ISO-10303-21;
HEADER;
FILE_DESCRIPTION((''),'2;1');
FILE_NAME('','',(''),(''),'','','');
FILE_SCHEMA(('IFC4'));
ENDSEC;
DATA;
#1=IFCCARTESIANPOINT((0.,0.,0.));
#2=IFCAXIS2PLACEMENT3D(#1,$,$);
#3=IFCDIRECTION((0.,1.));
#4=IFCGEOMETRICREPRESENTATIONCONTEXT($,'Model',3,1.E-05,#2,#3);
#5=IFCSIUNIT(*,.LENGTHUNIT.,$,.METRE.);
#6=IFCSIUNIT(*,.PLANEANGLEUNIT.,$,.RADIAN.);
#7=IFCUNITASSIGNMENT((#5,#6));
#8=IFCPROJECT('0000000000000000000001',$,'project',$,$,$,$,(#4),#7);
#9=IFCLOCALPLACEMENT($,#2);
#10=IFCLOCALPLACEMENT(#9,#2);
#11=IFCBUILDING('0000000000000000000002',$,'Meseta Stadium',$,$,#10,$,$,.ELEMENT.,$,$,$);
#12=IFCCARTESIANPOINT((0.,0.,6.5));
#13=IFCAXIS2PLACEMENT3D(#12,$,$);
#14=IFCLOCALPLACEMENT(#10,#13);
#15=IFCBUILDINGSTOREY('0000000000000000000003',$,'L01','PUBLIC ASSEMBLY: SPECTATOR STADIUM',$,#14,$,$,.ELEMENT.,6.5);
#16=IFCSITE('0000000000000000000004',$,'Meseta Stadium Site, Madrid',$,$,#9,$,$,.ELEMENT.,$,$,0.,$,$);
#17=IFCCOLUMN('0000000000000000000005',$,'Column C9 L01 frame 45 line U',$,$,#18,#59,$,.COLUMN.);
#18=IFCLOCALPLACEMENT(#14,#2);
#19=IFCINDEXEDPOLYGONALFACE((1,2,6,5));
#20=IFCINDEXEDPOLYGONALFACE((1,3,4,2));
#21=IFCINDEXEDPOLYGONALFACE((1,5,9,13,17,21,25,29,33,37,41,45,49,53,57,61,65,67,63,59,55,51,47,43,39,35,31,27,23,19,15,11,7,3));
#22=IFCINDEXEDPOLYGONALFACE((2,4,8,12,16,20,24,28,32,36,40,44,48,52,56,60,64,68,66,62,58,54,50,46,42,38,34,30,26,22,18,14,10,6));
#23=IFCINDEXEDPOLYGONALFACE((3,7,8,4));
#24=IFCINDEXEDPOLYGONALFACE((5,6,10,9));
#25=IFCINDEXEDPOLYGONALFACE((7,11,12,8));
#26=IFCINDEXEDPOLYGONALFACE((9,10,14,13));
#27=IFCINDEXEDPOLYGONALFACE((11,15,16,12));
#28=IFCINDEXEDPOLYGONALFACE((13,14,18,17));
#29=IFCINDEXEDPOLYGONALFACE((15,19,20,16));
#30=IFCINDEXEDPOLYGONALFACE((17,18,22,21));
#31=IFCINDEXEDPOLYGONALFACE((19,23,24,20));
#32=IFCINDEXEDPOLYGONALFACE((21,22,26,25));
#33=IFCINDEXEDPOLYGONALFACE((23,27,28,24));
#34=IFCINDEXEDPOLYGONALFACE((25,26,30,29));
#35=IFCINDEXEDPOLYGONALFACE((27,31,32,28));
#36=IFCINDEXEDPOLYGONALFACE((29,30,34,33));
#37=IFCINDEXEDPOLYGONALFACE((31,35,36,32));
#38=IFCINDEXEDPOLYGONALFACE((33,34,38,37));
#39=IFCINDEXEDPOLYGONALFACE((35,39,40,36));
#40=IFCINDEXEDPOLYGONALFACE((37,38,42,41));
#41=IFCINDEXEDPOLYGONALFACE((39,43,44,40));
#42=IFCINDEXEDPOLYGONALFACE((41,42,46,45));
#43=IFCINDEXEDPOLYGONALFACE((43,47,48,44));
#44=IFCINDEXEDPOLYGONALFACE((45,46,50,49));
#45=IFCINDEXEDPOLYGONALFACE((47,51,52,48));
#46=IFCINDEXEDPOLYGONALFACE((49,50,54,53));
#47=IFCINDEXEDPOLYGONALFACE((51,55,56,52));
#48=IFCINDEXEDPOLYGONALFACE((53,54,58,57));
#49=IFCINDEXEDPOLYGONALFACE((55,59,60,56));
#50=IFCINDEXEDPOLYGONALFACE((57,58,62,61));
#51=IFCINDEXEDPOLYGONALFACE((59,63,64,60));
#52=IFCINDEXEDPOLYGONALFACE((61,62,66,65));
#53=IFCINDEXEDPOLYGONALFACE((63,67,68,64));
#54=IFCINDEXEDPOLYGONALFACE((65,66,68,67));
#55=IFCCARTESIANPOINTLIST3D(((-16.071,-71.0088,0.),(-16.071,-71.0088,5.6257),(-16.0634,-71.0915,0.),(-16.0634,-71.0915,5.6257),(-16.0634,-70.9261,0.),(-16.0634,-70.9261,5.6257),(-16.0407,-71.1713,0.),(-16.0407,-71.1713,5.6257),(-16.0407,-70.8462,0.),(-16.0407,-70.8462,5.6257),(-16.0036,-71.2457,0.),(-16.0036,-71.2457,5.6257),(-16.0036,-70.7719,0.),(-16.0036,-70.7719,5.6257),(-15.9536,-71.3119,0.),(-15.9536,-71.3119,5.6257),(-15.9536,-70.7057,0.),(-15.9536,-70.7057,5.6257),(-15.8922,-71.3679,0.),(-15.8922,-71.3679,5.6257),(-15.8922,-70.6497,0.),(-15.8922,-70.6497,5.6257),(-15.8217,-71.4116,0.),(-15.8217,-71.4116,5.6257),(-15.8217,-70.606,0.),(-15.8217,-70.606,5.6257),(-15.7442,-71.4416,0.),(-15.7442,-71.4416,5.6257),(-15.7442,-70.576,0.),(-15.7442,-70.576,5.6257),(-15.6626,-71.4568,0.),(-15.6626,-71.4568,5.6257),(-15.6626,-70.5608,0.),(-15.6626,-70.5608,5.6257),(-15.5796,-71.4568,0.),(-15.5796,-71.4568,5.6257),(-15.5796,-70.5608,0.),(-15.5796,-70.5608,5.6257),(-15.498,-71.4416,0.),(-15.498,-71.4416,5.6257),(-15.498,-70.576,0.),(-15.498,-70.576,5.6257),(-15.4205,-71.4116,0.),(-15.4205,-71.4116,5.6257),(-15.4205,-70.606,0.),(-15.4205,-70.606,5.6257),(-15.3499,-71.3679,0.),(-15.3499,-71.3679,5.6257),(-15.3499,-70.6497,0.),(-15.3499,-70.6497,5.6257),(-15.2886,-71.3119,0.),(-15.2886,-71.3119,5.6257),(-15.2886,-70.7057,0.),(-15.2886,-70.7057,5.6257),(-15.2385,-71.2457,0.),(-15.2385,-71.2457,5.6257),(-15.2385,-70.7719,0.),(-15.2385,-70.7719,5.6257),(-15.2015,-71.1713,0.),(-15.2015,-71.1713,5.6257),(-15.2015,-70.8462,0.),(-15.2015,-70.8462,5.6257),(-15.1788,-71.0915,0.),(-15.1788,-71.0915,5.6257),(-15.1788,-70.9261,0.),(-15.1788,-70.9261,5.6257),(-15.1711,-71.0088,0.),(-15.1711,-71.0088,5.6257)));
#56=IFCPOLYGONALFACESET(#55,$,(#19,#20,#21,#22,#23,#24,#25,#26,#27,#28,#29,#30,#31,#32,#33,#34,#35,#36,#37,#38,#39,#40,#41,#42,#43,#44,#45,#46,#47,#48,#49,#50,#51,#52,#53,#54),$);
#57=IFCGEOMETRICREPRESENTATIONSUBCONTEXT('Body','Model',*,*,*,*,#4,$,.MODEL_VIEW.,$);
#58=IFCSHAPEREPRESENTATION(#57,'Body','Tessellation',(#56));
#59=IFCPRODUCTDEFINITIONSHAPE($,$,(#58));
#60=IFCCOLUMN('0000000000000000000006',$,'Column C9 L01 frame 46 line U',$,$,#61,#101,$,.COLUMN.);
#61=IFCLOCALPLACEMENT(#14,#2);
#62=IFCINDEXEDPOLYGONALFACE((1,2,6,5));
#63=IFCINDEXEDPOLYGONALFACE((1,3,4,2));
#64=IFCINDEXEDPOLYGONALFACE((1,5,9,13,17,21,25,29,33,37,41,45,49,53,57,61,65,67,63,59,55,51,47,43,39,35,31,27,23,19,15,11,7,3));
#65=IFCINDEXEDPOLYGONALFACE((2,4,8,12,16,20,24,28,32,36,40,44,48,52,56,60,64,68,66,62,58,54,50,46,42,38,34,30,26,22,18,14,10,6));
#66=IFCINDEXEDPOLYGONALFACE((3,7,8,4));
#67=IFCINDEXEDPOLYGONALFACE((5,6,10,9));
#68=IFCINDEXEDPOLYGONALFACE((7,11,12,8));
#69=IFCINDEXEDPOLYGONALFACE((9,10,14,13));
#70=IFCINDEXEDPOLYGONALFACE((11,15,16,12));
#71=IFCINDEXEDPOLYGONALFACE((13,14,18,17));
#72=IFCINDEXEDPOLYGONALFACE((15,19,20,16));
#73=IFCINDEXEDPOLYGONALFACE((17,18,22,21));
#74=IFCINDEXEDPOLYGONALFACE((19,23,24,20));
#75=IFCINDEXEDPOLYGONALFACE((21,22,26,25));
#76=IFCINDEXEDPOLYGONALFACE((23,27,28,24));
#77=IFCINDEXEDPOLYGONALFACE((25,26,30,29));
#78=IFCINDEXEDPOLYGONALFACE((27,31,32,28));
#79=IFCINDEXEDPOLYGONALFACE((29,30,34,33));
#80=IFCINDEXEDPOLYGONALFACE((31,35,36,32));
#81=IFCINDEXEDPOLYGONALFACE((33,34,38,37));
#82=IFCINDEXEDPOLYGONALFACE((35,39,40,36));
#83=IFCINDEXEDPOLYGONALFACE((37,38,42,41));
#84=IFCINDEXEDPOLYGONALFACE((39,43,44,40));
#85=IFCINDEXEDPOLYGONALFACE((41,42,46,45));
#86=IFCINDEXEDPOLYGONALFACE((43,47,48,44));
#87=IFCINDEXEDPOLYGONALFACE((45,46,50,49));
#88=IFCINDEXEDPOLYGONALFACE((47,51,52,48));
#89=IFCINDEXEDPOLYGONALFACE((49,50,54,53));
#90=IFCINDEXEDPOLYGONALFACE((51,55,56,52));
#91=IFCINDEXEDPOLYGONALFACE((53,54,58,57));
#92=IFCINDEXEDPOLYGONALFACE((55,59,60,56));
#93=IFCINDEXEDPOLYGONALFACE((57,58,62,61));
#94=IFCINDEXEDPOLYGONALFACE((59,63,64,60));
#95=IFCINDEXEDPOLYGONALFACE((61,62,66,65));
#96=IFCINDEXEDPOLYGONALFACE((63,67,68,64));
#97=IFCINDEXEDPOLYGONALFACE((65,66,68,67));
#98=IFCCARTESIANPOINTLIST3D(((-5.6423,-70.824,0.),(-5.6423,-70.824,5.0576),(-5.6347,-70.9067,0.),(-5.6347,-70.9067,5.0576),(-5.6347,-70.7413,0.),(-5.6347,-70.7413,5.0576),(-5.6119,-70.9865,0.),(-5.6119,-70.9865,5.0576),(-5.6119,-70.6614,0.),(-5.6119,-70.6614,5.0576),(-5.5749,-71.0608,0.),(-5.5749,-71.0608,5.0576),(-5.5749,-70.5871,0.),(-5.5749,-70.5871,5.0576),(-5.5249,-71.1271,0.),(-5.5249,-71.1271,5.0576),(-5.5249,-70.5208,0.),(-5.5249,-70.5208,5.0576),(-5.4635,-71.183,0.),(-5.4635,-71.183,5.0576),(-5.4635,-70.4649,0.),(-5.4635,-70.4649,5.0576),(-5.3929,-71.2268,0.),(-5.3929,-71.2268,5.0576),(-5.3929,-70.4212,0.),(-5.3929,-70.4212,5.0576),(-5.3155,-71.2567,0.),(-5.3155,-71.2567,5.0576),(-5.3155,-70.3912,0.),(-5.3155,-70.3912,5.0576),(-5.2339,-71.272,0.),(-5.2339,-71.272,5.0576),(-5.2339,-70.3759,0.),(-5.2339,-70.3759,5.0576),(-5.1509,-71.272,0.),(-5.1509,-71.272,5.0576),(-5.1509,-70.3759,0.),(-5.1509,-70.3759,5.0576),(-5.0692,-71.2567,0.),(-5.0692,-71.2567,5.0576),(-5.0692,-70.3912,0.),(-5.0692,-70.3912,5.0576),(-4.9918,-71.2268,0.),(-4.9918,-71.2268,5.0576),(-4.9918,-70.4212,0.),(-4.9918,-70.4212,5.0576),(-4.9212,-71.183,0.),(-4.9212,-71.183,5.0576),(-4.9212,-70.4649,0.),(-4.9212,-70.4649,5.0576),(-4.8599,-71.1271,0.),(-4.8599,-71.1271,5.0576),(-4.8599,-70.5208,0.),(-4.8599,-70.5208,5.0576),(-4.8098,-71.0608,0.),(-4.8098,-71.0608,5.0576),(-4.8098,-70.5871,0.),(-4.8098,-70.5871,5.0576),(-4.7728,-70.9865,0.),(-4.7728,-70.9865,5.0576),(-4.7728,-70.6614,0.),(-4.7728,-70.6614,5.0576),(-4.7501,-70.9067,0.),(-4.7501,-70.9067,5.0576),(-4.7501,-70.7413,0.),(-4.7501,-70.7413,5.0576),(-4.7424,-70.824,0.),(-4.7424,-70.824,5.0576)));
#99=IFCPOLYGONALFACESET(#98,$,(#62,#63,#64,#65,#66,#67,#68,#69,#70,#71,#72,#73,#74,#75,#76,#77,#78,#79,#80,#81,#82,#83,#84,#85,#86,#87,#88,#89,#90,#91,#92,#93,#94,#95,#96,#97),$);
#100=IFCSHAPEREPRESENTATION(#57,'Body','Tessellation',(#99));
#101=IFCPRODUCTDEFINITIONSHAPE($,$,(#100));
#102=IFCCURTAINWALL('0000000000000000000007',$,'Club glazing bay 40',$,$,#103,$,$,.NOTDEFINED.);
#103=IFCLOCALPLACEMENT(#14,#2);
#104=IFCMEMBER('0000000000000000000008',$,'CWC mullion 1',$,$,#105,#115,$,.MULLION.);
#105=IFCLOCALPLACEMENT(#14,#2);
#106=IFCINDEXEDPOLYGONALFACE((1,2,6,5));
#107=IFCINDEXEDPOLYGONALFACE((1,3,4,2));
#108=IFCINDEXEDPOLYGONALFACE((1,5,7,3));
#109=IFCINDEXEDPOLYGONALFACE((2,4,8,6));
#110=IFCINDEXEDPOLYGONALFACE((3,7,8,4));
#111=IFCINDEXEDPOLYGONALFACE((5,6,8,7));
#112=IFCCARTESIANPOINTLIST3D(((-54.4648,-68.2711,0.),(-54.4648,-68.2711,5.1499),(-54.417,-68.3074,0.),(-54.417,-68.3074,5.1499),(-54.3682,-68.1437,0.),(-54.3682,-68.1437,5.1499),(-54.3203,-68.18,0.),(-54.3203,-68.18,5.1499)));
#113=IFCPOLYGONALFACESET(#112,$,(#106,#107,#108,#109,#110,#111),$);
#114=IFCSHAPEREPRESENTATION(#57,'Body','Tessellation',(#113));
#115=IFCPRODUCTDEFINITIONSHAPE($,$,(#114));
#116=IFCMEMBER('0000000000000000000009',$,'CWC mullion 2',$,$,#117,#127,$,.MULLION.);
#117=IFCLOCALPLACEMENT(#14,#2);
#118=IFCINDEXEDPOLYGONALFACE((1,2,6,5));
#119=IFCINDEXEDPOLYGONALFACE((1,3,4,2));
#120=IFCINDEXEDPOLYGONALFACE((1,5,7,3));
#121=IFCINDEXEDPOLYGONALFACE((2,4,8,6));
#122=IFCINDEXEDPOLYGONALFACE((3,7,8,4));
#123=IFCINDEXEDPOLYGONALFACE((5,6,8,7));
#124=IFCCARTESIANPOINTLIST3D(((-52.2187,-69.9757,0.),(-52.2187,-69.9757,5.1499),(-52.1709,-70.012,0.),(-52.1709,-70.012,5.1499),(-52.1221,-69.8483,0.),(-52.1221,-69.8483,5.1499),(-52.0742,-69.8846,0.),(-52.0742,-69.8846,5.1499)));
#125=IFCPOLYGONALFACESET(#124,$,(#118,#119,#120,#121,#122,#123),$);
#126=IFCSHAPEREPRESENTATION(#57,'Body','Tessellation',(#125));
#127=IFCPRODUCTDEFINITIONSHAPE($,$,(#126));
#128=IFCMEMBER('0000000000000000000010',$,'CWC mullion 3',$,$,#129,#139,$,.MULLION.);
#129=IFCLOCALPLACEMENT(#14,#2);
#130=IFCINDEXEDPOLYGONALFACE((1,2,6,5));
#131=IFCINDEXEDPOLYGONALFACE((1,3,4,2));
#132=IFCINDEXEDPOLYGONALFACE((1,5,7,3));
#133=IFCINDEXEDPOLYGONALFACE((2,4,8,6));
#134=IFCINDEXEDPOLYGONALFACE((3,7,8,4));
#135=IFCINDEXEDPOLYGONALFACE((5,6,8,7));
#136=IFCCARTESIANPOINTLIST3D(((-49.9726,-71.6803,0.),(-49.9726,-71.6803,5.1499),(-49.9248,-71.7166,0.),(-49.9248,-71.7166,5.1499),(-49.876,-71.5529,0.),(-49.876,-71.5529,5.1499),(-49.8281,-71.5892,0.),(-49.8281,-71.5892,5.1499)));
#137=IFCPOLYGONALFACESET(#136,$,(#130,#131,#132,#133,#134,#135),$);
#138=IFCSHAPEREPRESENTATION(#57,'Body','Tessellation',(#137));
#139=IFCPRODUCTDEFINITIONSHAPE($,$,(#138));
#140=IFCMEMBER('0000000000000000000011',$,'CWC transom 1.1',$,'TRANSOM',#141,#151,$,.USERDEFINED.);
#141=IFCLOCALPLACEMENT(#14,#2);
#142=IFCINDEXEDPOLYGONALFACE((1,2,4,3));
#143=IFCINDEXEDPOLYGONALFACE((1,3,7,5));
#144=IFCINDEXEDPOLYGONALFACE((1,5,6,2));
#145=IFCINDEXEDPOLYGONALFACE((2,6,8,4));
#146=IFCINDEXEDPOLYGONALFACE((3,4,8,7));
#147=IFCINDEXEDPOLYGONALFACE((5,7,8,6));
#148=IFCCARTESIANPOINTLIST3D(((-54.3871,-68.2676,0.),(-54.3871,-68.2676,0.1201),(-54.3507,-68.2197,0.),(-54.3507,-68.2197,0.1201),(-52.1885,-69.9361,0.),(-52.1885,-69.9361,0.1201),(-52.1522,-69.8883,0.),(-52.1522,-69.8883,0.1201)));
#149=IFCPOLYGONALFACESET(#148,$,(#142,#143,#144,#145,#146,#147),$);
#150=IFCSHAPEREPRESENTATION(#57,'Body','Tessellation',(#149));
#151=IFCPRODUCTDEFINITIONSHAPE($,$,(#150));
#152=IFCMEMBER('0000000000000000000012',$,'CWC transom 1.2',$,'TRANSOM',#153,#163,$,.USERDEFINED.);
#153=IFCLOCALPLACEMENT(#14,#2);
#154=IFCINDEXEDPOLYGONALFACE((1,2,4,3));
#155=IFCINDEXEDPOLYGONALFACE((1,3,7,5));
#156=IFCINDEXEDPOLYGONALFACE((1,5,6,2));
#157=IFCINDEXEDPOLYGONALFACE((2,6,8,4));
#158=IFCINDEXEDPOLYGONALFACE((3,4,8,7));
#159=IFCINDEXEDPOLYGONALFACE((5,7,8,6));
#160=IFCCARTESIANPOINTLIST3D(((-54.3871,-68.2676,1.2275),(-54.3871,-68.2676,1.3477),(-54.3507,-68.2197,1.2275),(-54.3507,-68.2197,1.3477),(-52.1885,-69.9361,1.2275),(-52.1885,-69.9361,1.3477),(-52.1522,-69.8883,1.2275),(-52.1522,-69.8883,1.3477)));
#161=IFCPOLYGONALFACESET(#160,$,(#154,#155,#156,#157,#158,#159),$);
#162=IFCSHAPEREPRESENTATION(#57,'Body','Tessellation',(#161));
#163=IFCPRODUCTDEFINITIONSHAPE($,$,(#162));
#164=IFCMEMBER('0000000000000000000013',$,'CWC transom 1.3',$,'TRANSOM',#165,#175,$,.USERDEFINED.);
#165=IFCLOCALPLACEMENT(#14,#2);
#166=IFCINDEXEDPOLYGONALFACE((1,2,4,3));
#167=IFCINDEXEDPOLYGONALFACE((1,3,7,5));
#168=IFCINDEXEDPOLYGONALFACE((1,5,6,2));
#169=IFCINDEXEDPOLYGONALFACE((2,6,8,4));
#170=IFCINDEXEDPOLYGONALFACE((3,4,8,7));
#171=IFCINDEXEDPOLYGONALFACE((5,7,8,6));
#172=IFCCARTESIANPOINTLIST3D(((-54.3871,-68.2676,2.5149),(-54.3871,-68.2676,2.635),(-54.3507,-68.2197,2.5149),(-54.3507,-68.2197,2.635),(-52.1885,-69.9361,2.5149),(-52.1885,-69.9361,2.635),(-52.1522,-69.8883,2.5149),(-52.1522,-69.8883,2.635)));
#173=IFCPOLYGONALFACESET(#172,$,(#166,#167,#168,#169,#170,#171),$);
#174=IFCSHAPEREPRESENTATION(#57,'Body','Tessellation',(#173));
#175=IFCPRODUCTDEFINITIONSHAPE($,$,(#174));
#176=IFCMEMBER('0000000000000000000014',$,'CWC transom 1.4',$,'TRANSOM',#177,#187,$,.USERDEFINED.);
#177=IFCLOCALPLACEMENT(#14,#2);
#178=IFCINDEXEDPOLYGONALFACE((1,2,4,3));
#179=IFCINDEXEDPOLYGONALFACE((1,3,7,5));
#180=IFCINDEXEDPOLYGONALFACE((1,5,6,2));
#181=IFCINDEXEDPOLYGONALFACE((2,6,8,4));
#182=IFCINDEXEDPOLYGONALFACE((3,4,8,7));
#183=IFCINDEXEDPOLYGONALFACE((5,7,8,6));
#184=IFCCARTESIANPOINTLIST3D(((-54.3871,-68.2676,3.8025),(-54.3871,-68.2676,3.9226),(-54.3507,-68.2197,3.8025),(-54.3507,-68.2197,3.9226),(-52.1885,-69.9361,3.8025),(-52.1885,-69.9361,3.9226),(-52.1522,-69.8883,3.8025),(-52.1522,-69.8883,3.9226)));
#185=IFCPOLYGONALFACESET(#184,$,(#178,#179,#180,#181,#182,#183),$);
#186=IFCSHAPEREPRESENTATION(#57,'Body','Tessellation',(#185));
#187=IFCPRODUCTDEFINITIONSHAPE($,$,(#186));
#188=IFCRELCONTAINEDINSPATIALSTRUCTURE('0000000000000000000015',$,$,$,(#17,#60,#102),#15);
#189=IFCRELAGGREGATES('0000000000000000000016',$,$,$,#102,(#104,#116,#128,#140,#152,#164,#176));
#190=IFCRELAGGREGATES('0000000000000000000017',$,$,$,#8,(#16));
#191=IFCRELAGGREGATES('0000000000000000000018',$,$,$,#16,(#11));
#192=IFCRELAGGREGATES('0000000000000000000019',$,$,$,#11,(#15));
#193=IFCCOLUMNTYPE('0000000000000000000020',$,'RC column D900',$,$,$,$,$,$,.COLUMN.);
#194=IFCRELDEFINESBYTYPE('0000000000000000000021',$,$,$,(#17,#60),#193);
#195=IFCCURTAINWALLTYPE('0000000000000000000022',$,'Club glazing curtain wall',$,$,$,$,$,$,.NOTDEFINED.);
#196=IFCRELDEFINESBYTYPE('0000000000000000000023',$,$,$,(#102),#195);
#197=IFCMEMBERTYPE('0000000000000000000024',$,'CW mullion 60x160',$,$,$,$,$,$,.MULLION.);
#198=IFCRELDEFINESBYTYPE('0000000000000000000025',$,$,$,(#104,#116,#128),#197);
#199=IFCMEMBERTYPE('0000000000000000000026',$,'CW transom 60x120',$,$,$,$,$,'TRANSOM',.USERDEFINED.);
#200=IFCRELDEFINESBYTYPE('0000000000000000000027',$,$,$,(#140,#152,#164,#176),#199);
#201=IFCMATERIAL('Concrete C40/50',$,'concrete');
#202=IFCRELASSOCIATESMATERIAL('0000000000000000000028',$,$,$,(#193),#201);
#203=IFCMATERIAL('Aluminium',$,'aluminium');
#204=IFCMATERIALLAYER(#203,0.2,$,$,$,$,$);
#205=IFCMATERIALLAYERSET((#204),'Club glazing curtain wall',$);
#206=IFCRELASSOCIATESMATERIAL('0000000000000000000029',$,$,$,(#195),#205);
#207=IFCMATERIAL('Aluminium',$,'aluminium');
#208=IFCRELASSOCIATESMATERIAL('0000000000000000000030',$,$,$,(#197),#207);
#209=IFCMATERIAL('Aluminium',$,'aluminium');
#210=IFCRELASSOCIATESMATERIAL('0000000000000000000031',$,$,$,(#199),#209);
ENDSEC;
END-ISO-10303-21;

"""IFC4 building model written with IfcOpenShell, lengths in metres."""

from ifc_helpers import new_model, si_unit, direction, frame, origin, origin_2d, place, context, subcontext, project, spatial, rectangle, circle, extrude, material, layer, layer_set, material_profile, profile_set, type_object, element, aggregate, save


model = new_model("IFC4")

# Units and contexts
model_context = context("Model", 3, precision=1e-05, world=origin(), true_north=direction((0.0, 1.0)))
body_context = subcontext(model_context, "Body", "Model", "MODEL_VIEW")
ifc_project = project(units=[si_unit("LENGTHUNIT", "METRE"), si_unit("PLANEANGLEUNIT", "RADIAN")], contexts=[model_context])

# Site, building, storey
site_placement = place(None, origin())
site = spatial("IfcSite", under=ifc_project, at=site_placement, Name="Meseta Stadium Site, Madrid", CompositionType="ELEMENT", RefElevation=0.0)
building_placement = place(site_placement, origin())
building = spatial("IfcBuilding", under=site, at=building_placement, Name="Meseta Stadium", CompositionType="ELEMENT")
storey_placement = place(building_placement, frame((0.0, 0.0, 6.5)))
storey = spatial("IfcBuildingStorey", under=building, at=storey_placement, Name="L01", Description="PUBLIC ASSEMBLY: SPECTATOR STADIUM", CompositionType="ELEMENT", Elevation=6.5)

# Columns
ifc_material_1 = material(Name="Concrete C40/50", Category="concrete")
ifc_material_profile_1 = material_profile(ifc_material_1, circle(Radius=0.45, at=origin_2d()), Name="RC D900")
ifc_profile_set_1 = profile_set([ifc_material_profile_1], Name="Concrete C40/50")
column_type = type_object("IfcColumnType", Name="RC column D900", PredefinedType="COLUMN", material=ifc_profile_set_1)
column_1_placement = place(storey_placement, frame((-15.6211, -71.0088, 0.0), z_axis=(0.0, 0.0, 1.0), x_axis=(1.0, 0.0, 0.0)))
element("IfcColumn", 1, at=column_1_placement, inside=storey, type_object=column_type, Name="Column C9 L01 frame 45 line U", PredefinedType="COLUMN", context=body_context, shape_type="SweptSolid", body=[
    extrude(circle(Radius=0.45, at=origin_2d()), origin(), (0.0, 0.0, 1.0), 5.6257),
])
column_2_placement = place(storey_placement, frame((-5.1924, -70.824, 0.0), z_axis=(0.0, 0.0, 1.0), x_axis=(1.0, 0.0, 0.0)))
element("IfcColumn", 2, at=column_2_placement, inside=storey, type_object=column_type, Name="Column C9 L01 frame 46 line U", PredefinedType="COLUMN", context=body_context, shape_type="SweptSolid", body=[
    extrude(circle(Radius=0.45, at=origin_2d()), origin(), (0.0, 0.0, 1.0), 5.0576),
])

# Curtain wall, members
ifc_material_2 = material(Name="Aluminium", Category="aluminium")
ifc_layer_1 = layer(ifc_material_2, 0.2)
ifc_layer_set_1 = layer_set([ifc_layer_1], Name="Club glazing curtain wall")
curtain_wall_type = type_object("IfcCurtainWallType", Name="Club glazing curtain wall", PredefinedType="NOTDEFINED", material=ifc_layer_set_1)
curtain_wall_placement = place(storey_placement, origin())
curtain_wall = element("IfcCurtainWall", 3, at=curtain_wall_placement, inside=storey, type_object=curtain_wall_type, Name="Club glazing bay 40", PredefinedType="NOTDEFINED")
ifc_material_3 = material(Name="Aluminium", Category="aluminium")
ifc_material_profile_2 = material_profile(ifc_material_3, rectangle(XDim=0.1599, YDim=0.0601, at=origin_2d()), Name="CW 160x60")
ifc_profile_set_2 = profile_set([ifc_material_profile_2], Name="Aluminium")
member_type_1 = type_object("IfcMemberType", Name="CW mullion 60x160", PredefinedType="MULLION", material=ifc_profile_set_2)
member_1_placement = place(storey_placement, frame((-54.3926, -68.2256, 0.0), z_axis=(0.0, 0.0, 1.0), x_axis=(0.60452, 0.79659, 0.0)))
member_1 = element("IfcMember", 4, at=member_1_placement, type_object=member_type_1, Name="CWC mullion 1", PredefinedType="MULLION", context=body_context, shape_type="SweptSolid", body=[
    extrude(rectangle(XDim=0.1599, YDim=0.0601, at=origin_2d()), origin(), (0.0, 0.0, 1.0), 5.1499),
])
member_2_placement = place(storey_placement, frame((-52.1465, -69.9302, 0.0), z_axis=(0.0, 0.0, 1.0), x_axis=(0.60452, 0.79659, 0.0)))
member_2 = element("IfcMember", 5, at=member_2_placement, type_object=member_type_1, Name="CWC mullion 2", PredefinedType="MULLION", context=body_context, shape_type="SweptSolid", body=[
    extrude(rectangle(XDim=0.1599, YDim=0.0601, at=origin_2d()), origin(), (0.0, 0.0, 1.0), 5.1499),
])
member_3_placement = place(storey_placement, frame((-49.9004, -71.6348, 0.0), z_axis=(0.0, 0.0, 1.0), x_axis=(0.60452, 0.79659, 0.0)))
member_3 = element("IfcMember", 6, at=member_3_placement, type_object=member_type_1, Name="CWC mullion 3", PredefinedType="MULLION", context=body_context, shape_type="SweptSolid", body=[
    extrude(rectangle(XDim=0.1599, YDim=0.0601, at=origin_2d()), origin(), (0.0, 0.0, 1.0), 5.1499),
])
ifc_material_4 = material(Name="Aluminium", Category="aluminium")
ifc_material_profile_3 = material_profile(ifc_material_4, rectangle(XDim=0.0601, YDim=0.1201, at=origin_2d()), Name="CW 60x120")
ifc_profile_set_3 = profile_set([ifc_material_profile_3], Name="Aluminium")
member_type_2 = type_object("IfcMemberType", Name="CW transom 60x120", ElementType="TRANSOM", PredefinedType="USERDEFINED", material=ifc_profile_set_3)
member_4_placement = place(storey_placement, frame((-54.3689, -68.2437, 0.0601), z_axis=(0.79658, -0.604534, 0.0), x_axis=(0.604534, 0.79658, 0.0)))
member_4 = element("IfcMember", 7, at=member_4_placement, type_object=member_type_2, Name="CWC transom 1.1", ObjectType="TRANSOM", PredefinedType="USERDEFINED", context=body_context, shape_type="SweptSolid", body=[
    extrude(rectangle(XDim=0.0601, YDim=0.1201, at=origin_2d()), origin(), (0.0, 0.0, 1.0), 2.76),
])
member_5_placement = place(storey_placement, frame((-54.3689, -68.2437, 1.2876), z_axis=(0.79658, -0.604534, 0.0), x_axis=(0.604534, 0.79658, 0.0)))
member_5 = element("IfcMember", 8, at=member_5_placement, type_object=member_type_2, Name="CWC transom 1.2", ObjectType="TRANSOM", PredefinedType="USERDEFINED", context=body_context, shape_type="SweptSolid", body=[
    extrude(rectangle(XDim=0.0601, YDim=0.1201, at=origin_2d()), origin(), (0.0, 0.0, 1.0), 2.76),
])
member_6_placement = place(storey_placement, frame((-54.3689, -68.2437, 2.575), z_axis=(0.79658, -0.604534, 0.0), x_axis=(0.604534, 0.79658, 0.0)))
member_6 = element("IfcMember", 9, at=member_6_placement, type_object=member_type_2, Name="CWC transom 1.3", ObjectType="TRANSOM", PredefinedType="USERDEFINED", context=body_context, shape_type="SweptSolid", body=[
    extrude(rectangle(XDim=0.0601, YDim=0.1201, at=origin_2d()), origin(), (0.0, 0.0, 1.0), 2.76),
])
member_7_placement = place(storey_placement, frame((-54.3689, -68.2437, 3.8625), z_axis=(0.79658, -0.604534, 0.0), x_axis=(0.604534, 0.79658, 0.0)))
member_7 = element("IfcMember", 10, at=member_7_placement, type_object=member_type_2, Name="CWC transom 1.4", ObjectType="TRANSOM", PredefinedType="USERDEFINED", context=body_context, shape_type="SweptSolid", body=[
    extrude(rectangle(XDim=0.0601, YDim=0.1201, at=origin_2d()), origin(), (0.0, 0.0, 1.0), 2.76),
])

aggregate(curtain_wall, [member_1, member_2, member_3, member_4, member_5, member_6, member_7])

save(model, "model.ifc")
